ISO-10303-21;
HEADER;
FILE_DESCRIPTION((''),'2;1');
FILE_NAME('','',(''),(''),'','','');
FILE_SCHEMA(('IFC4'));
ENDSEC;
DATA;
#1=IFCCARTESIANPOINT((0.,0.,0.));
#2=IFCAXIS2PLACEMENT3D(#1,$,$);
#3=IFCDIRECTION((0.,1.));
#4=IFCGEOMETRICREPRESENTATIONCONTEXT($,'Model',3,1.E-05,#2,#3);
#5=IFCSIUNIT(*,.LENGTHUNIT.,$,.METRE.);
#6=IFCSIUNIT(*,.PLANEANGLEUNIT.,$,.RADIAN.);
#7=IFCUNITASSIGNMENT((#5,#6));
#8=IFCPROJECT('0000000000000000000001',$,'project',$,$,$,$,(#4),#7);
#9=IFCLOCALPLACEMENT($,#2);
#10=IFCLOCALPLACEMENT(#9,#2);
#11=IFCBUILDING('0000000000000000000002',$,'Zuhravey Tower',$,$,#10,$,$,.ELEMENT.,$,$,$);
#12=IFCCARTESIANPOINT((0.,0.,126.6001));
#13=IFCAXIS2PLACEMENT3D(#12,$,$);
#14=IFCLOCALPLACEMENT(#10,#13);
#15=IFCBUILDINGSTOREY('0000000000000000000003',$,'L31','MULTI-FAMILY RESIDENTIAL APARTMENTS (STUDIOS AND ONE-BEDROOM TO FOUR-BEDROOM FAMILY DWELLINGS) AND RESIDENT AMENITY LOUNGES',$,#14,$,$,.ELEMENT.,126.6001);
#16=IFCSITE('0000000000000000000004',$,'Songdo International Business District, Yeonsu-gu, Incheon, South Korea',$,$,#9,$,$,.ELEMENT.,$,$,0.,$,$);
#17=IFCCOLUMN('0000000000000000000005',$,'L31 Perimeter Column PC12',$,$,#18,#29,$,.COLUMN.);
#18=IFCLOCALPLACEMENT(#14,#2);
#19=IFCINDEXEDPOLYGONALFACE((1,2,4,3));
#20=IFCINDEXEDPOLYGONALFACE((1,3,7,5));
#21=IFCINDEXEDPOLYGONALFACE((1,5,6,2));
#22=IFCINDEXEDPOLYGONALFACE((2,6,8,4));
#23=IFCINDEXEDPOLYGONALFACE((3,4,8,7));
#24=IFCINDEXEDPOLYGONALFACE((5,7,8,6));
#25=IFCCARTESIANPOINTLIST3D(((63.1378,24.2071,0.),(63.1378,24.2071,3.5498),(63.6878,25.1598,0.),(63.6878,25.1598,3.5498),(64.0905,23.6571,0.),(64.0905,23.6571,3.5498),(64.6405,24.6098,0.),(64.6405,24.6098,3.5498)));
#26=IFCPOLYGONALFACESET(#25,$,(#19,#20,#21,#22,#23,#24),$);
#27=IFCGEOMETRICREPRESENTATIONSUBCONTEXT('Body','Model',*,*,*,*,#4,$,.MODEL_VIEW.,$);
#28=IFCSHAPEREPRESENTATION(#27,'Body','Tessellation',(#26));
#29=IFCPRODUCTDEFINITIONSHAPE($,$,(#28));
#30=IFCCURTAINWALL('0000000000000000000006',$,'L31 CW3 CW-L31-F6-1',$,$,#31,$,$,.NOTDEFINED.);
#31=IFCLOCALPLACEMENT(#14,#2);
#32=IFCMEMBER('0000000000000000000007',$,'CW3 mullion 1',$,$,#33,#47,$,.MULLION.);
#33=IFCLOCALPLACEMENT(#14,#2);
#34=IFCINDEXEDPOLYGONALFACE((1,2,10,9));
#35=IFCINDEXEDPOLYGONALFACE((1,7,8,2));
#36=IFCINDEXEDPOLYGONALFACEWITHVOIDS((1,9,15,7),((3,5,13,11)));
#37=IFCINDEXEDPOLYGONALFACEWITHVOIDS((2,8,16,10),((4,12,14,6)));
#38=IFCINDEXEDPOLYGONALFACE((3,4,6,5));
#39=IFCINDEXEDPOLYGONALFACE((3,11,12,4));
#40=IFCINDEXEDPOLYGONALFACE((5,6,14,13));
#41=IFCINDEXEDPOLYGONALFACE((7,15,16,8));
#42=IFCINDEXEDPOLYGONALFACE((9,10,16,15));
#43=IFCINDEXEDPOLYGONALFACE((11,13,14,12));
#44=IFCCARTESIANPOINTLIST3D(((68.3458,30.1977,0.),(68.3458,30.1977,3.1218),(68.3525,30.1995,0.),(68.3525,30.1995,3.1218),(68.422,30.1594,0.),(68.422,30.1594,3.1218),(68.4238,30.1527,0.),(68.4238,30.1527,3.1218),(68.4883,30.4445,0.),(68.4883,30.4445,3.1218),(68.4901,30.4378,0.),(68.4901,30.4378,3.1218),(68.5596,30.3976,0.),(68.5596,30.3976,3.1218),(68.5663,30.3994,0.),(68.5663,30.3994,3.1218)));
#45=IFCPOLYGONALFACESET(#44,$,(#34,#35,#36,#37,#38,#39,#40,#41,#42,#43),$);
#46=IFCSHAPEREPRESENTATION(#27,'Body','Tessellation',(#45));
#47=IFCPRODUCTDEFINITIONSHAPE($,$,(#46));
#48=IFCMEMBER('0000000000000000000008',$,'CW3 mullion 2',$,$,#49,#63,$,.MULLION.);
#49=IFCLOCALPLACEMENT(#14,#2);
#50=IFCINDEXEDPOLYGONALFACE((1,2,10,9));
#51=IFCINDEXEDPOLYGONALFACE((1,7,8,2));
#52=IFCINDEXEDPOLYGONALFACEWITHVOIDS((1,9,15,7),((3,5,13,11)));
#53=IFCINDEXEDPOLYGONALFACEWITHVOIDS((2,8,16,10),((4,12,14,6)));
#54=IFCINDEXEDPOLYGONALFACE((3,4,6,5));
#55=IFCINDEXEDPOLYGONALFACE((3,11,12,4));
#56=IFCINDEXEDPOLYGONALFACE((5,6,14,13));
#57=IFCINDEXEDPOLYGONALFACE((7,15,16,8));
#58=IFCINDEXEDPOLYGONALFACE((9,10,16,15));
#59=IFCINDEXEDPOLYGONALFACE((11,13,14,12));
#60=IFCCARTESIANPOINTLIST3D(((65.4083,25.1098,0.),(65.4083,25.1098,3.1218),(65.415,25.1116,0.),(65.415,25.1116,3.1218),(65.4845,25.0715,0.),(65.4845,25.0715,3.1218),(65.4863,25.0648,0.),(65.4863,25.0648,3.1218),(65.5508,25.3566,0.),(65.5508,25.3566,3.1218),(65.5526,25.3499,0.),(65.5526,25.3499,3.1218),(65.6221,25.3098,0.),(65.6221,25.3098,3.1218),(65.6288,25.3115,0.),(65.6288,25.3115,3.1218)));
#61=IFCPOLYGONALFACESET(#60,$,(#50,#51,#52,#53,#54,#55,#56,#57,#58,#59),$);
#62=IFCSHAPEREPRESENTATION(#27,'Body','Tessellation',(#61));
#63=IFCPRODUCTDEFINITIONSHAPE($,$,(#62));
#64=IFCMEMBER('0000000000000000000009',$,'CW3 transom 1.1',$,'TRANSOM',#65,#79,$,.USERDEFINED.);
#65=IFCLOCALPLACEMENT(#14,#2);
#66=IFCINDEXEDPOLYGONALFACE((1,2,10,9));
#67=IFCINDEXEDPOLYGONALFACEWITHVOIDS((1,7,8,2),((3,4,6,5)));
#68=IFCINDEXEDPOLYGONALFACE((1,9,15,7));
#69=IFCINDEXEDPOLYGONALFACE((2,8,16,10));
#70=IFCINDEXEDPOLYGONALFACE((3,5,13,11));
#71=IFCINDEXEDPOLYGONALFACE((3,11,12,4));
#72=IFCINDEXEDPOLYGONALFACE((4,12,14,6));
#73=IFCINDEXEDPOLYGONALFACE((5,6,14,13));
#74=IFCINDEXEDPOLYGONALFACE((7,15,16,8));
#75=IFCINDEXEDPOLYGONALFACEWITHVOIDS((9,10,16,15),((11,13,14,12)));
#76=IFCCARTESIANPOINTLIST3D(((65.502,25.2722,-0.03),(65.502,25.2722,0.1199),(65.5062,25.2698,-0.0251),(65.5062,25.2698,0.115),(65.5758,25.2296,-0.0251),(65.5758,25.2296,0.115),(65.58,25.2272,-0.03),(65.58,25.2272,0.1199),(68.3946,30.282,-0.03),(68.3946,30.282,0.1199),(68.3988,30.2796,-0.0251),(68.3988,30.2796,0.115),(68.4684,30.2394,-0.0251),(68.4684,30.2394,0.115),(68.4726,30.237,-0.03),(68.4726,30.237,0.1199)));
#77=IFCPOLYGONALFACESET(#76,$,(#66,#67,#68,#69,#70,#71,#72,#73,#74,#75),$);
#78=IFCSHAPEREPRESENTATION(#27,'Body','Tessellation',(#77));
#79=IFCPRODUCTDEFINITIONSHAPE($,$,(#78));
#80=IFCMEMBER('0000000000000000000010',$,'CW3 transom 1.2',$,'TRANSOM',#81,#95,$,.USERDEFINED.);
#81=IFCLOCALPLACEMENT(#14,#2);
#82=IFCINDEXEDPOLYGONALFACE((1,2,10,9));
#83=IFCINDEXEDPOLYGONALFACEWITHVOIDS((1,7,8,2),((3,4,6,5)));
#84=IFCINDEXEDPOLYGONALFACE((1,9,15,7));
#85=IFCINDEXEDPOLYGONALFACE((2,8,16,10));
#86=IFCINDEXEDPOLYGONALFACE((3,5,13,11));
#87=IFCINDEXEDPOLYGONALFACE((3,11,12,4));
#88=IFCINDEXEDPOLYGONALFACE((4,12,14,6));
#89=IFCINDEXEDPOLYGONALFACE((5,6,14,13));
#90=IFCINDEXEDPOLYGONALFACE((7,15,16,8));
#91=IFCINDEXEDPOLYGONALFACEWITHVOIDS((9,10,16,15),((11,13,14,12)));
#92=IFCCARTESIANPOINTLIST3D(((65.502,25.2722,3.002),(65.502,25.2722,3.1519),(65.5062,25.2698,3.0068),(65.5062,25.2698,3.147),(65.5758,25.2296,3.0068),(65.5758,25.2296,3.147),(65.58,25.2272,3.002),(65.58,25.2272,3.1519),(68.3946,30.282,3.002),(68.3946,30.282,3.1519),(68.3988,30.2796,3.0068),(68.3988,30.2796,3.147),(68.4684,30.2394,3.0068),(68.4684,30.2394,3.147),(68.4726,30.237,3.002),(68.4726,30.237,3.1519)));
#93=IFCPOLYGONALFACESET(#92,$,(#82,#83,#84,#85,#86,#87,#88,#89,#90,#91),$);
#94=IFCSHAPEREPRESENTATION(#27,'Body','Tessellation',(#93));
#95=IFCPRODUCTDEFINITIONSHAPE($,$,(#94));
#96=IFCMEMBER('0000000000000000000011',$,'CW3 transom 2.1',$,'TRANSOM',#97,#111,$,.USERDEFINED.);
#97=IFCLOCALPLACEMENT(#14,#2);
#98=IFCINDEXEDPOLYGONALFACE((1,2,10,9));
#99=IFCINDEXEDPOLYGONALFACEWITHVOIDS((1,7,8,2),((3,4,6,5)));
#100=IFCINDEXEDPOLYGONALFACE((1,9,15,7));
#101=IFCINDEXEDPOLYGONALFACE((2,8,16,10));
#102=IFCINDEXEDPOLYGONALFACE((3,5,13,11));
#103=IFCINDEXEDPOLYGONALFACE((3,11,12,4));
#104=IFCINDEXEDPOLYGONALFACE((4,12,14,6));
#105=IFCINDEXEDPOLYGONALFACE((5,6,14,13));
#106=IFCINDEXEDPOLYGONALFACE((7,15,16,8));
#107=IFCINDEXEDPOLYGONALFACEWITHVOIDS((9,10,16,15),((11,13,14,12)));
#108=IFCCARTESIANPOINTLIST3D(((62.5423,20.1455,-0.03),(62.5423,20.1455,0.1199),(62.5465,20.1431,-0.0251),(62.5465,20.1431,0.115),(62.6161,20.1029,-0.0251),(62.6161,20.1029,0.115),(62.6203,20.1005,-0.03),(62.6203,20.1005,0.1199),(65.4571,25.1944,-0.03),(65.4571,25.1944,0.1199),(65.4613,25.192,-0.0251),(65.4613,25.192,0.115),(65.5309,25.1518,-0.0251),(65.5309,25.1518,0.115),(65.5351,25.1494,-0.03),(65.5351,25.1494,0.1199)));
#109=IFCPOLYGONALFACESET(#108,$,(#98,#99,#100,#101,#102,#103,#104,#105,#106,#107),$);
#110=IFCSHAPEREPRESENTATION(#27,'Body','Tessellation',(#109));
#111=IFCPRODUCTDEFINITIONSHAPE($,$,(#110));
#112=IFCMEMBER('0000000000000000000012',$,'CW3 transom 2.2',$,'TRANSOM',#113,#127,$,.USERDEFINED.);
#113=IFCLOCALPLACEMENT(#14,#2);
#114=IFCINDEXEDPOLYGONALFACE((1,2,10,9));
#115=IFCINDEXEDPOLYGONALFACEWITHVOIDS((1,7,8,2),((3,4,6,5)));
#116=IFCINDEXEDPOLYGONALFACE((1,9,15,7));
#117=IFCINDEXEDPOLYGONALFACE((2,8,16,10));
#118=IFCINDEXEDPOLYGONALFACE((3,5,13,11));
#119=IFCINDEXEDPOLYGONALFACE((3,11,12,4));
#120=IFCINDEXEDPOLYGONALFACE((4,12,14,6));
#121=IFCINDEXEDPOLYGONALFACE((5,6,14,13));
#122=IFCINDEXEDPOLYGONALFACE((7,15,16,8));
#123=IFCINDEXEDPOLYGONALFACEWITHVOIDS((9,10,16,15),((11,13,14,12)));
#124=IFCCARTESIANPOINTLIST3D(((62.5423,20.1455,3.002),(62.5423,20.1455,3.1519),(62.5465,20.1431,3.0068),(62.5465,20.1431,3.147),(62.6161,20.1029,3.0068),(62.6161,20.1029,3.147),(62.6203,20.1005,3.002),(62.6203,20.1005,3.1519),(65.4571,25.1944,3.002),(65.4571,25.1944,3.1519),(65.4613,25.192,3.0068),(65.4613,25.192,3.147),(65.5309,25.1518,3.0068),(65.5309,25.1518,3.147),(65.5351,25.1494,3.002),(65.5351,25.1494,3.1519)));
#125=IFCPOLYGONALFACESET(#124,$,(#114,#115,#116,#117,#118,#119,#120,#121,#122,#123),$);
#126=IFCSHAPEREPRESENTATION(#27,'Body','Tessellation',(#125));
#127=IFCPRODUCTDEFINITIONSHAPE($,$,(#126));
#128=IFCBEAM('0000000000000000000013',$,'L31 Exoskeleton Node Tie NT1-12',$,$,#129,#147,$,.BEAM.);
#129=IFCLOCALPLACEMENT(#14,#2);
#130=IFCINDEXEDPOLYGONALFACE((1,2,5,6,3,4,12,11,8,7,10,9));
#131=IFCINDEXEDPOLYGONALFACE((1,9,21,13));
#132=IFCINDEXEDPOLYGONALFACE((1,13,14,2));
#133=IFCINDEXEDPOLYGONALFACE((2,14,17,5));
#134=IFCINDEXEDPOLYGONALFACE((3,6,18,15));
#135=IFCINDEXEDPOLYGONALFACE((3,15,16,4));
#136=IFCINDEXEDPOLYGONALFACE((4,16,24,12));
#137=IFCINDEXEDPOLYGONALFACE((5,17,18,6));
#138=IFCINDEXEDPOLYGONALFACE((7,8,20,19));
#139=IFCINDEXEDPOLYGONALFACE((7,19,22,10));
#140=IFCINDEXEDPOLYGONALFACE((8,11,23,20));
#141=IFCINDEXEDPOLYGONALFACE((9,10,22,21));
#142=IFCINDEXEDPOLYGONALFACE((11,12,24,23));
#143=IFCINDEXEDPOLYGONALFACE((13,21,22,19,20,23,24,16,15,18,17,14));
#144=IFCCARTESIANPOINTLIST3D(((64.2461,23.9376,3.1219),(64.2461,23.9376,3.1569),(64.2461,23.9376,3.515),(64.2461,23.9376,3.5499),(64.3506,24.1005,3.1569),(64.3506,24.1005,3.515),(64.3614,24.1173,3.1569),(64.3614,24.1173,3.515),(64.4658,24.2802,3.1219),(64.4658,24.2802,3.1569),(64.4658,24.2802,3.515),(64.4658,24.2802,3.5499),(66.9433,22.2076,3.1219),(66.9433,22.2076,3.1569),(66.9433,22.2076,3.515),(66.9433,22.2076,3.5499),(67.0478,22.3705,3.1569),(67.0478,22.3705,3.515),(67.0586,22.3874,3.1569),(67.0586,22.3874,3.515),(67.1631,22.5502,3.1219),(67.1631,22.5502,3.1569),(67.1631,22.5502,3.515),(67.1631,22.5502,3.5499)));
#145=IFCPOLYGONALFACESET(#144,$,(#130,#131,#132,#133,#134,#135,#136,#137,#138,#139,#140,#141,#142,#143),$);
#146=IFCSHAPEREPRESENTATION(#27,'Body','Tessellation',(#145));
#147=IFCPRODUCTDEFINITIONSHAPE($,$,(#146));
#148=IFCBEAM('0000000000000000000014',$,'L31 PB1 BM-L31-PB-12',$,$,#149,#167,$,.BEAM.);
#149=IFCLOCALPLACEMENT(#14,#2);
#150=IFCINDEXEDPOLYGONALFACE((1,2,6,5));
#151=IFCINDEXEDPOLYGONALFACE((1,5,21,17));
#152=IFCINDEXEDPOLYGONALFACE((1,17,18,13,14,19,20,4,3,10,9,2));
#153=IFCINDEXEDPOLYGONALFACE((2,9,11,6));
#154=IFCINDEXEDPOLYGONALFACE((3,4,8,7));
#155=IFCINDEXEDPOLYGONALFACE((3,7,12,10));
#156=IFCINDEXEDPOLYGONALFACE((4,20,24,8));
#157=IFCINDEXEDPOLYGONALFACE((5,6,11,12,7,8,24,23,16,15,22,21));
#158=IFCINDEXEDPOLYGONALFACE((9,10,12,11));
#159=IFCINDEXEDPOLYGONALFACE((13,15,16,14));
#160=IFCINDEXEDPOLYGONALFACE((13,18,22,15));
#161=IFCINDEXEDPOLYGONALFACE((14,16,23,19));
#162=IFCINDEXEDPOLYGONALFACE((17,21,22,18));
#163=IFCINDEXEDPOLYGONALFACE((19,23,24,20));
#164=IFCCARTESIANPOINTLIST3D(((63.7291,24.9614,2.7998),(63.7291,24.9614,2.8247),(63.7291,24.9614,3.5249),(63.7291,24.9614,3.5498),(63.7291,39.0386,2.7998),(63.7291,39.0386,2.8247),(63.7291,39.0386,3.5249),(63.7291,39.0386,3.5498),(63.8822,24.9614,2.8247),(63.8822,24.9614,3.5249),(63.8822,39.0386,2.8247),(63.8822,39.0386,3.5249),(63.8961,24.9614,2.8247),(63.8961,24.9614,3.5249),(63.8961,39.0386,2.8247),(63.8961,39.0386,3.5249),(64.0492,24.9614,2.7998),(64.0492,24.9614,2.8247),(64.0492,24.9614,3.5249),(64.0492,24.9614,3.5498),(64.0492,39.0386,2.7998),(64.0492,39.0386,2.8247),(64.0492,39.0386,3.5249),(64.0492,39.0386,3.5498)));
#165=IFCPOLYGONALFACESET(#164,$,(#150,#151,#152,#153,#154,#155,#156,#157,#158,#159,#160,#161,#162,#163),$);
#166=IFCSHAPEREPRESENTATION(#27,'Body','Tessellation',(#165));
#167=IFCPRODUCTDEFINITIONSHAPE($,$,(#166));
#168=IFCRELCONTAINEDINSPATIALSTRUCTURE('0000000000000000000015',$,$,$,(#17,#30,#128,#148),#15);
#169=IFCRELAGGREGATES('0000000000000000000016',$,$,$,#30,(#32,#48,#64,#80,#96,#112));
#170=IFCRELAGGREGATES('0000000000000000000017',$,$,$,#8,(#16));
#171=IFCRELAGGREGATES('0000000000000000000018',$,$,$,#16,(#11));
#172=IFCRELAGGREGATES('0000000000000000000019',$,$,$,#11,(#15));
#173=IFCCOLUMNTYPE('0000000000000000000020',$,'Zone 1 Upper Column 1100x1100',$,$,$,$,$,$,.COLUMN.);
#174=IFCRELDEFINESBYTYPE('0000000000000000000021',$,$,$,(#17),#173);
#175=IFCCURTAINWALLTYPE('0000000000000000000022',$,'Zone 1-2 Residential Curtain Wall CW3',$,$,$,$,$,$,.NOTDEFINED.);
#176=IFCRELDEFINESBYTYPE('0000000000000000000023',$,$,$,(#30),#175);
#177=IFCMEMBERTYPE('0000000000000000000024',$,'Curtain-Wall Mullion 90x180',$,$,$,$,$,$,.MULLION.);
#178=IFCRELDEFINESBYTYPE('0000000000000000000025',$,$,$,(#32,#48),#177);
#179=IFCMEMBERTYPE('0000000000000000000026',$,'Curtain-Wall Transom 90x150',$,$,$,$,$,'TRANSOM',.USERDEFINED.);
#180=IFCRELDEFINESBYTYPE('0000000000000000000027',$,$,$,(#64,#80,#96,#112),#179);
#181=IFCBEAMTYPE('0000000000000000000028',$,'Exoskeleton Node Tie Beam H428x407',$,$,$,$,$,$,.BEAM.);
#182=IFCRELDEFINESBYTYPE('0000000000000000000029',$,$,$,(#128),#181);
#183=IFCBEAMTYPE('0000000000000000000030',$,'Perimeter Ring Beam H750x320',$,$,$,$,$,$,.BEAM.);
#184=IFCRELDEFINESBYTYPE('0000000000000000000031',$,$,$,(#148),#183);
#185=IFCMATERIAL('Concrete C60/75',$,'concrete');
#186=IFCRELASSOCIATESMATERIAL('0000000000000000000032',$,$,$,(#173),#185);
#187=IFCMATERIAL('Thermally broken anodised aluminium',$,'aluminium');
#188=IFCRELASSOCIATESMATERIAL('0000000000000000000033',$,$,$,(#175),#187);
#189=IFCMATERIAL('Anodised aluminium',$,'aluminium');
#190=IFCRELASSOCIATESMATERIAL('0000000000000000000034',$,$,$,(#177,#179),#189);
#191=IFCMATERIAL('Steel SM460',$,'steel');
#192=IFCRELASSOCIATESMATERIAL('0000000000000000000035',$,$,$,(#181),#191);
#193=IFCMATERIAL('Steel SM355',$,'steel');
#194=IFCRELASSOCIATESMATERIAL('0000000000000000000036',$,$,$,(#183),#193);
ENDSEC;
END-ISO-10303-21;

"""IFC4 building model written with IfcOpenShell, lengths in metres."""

from ifc_helpers import new_model, si_unit, direction, frame, origin, origin_2d, place, context, subcontext, project, spatial, rectangle, hollow_rectangle, i_section, extrude, material, material_profile, profile_set, type_object, element, aggregate, save


model = new_model("IFC4")

# Units and contexts
model_context = context("Model", 3, precision=1e-05, world=origin(), true_north=direction((0.0, 1.0)))
body_context = subcontext(model_context, "Body", "Model", "MODEL_VIEW")
ifc_project = project(units=[si_unit("LENGTHUNIT", "METRE"), si_unit("PLANEANGLEUNIT", "RADIAN")], contexts=[model_context])

# Site, building, storey
site_placement = place(None, origin())
site = spatial("IfcSite", under=ifc_project, at=site_placement, Name="Songdo International Business District, Yeonsu-gu, Incheon, South Korea", CompositionType="ELEMENT", RefElevation=0.0)
building_placement = place(site_placement, origin())
building = spatial("IfcBuilding", under=site, at=building_placement, Name="Zuhravey Tower", CompositionType="ELEMENT")
storey_placement = place(building_placement, frame((0.0, 0.0, 126.6001)))
storey = spatial("IfcBuildingStorey", under=building, at=storey_placement, Name="L31", Description="MULTI-FAMILY RESIDENTIAL APARTMENTS (STUDIOS AND ONE-BEDROOM TO FOUR-BEDROOM FAMILY DWELLINGS) AND RESIDENT AMENITY LOUNGES", CompositionType="ELEMENT", Elevation=126.6001)

# Column
ifc_material_1 = material(Name="Concrete C60/75", Category="concrete")
ifc_material_profile_1 = material_profile(ifc_material_1, rectangle(XDim=1.1001, YDim=1.1001, at=origin_2d()), Name="RC-1100x1100")
ifc_profile_set_1 = profile_set([ifc_material_profile_1], Name="Concrete C60/75")
column_type = type_object("IfcColumnType", Name="Zone 1 Upper Column 1100x1100", PredefinedType="COLUMN", material=ifc_profile_set_1)
column_placement = place(storey_placement, frame((63.8892, 24.4084, 0.0), z_axis=(0.0, 0.0, 1.0), x_axis=(0.5, 0.866025, 0.0)))
element("IfcColumn", 1, at=column_placement, inside=storey, type_object=column_type, Name="L31 Perimeter Column PC12", PredefinedType="COLUMN", context=body_context, shape_type="SweptSolid", body=[
    extrude(rectangle(XDim=1.1001, YDim=1.1001, at=origin_2d()), origin(), (0.0, 0.0, 1.0), 3.5498),
])

# Curtain wall, members
ifc_material_2 = material(Name="Thermally broken anodised aluminium", Category="aluminium")
curtain_wall_type = type_object("IfcCurtainWallType", Name="Zone 1-2 Residential Curtain Wall CW3", PredefinedType="NOTDEFINED", material=ifc_material_2)
curtain_wall_placement = place(storey_placement, origin())
curtain_wall = element("IfcCurtainWall", 2, at=curtain_wall_placement, inside=storey, type_object=curtain_wall_type, Name="L31 CW3 CW-L31-F6-1", PredefinedType="NOTDEFINED")
ifc_material_3 = material(Name="Anodised aluminium", Category="aluminium")
ifc_material_profile_2 = material_profile(ifc_material_3, hollow_rectangle(XDim=0.0901, YDim=0.2849, WallThickness=0.0049, at=origin_2d()), Name="ALU-RHS-90x285x5")
ifc_profile_set_2 = profile_set([ifc_material_profile_2], Name="Anodised aluminium")
member_type_1 = type_object("IfcMemberType", Name="Curtain-Wall Mullion 90x180", PredefinedType="MULLION", material=ifc_profile_set_2)
member_1_placement = place(storey_placement, frame((68.4561, 30.2986, 0.0), z_axis=(0.0, 0.0, 1.0), x_axis=(0.866026, -0.5, 0.0)))
member_1 = element("IfcMember", 3, at=member_1_placement, type_object=member_type_1, Name="CW3 mullion 1", PredefinedType="MULLION", context=body_context, shape_type="SweptSolid", body=[
    extrude(hollow_rectangle(XDim=0.0901, YDim=0.2849, WallThickness=0.0049, at=origin_2d()), origin(), (0.0, 0.0, 1.0), 3.1218),
])
member_2_placement = place(storey_placement, frame((65.5186, 25.2107, 0.0), z_axis=(0.0, 0.0, 1.0), x_axis=(0.866026, -0.5, 0.0)))
member_2 = element("IfcMember", 4, at=member_2_placement, type_object=member_type_1, Name="CW3 mullion 2", PredefinedType="MULLION", context=body_context, shape_type="SweptSolid", body=[
    extrude(hollow_rectangle(XDim=0.0901, YDim=0.2849, WallThickness=0.0049, at=origin_2d()), origin(), (0.0, 0.0, 1.0), 3.1218),
])
ifc_material_profile_3 = material_profile(ifc_material_3, hollow_rectangle(XDim=0.0901, YDim=0.1499, WallThickness=0.0049, at=origin_2d()), Name="ALU-RHS-90x150x5")
ifc_profile_set_3 = profile_set([ifc_material_profile_3], Name="Anodised aluminium")
member_type_2 = type_object("IfcMemberType", Name="Curtain-Wall Transom 90x150", ElementType="TRANSOM", PredefinedType="USERDEFINED", material=ifc_profile_set_3)
member_3_placement = place(storey_placement, frame((68.4336, 30.2595, 0.0449), z_axis=(-0.500024, -0.866011, 0.0), x_axis=(0.866011, -0.500024, 0.0)))
member_3 = element("IfcMember", 5, at=member_3_placement, type_object=member_type_2, Name="CW3 transom 1.1", ObjectType="TRANSOM", PredefinedType="USERDEFINED", context=body_context, shape_type="SweptSolid", body=[
    extrude(hollow_rectangle(XDim=0.0901, YDim=0.1499, WallThickness=0.0049, at=origin_2d()), origin(), (0.0, 0.0, 1.0), 5.7849),
])
member_4_placement = place(storey_placement, frame((68.4336, 30.2595, 3.0769), z_axis=(-0.500024, -0.866011, 0.0), x_axis=(0.866011, -0.500024, 0.0)))
member_4 = element("IfcMember", 6, at=member_4_placement, type_object=member_type_2, Name="CW3 transom 1.2", ObjectType="TRANSOM", PredefinedType="USERDEFINED", context=body_context, shape_type="SweptSolid", body=[
    extrude(hollow_rectangle(XDim=0.0901, YDim=0.1499, WallThickness=0.0049, at=origin_2d()), origin(), (0.0, 0.0, 1.0), 5.7849),
])
member_5_placement = place(storey_placement, frame((65.4961, 25.1719, 0.0449), z_axis=(-0.499981, -0.866036, 0.0), x_axis=(0.866036, -0.499981, 0.0)))
member_5 = element("IfcMember", 7, at=member_5_placement, type_object=member_type_2, Name="CW3 transom 2.1", ObjectType="TRANSOM", PredefinedType="USERDEFINED", context=body_context, shape_type="SweptSolid", body=[
    extrude(hollow_rectangle(XDim=0.0901, YDim=0.1499, WallThickness=0.0049, at=origin_2d()), origin(), (0.0, 0.0, 1.0), 5.8298),
])
member_6_placement = place(storey_placement, frame((65.4961, 25.1719, 3.0769), z_axis=(-0.499981, -0.866036, 0.0), x_axis=(0.866036, -0.499981, 0.0)))
member_6 = element("IfcMember", 8, at=member_6_placement, type_object=member_type_2, Name="CW3 transom 2.2", ObjectType="TRANSOM", PredefinedType="USERDEFINED", context=body_context, shape_type="SweptSolid", body=[
    extrude(hollow_rectangle(XDim=0.0901, YDim=0.1499, WallThickness=0.0049, at=origin_2d()), origin(), (0.0, 0.0, 1.0), 5.8298),
])

# Beams
ifc_material_4 = material(Name="Steel SM460", Category="steel")
ifc_material_profile_4 = material_profile(ifc_material_4, i_section(OverallWidth=0.407, OverallDepth=0.428, WebThickness=0.02, FlangeThickness=0.0349, at=origin_2d()), Name="H-428x407x20x35")
ifc_profile_set_4 = profile_set([ifc_material_profile_4], Name="Steel SM460")
beam_type_1 = type_object("IfcBeamType", Name="Exoskeleton Node Tie Beam H428x407", PredefinedType="BEAM", material=ifc_profile_set_4)
beam_1_placement = place(storey_placement, frame((64.356, 24.1089, 3.3359), z_axis=(0.841742, -0.539879, 0.0), x_axis=(0.539879, 0.841742, 0.0)))
element("IfcBeam", 9, at=beam_1_placement, inside=storey, type_object=beam_type_1, Name="L31 Exoskeleton Node Tie NT1-12", PredefinedType="BEAM", context=body_context, shape_type="SweptSolid", body=[
    extrude(i_section(OverallWidth=0.407, OverallDepth=0.428, WebThickness=0.02, FlangeThickness=0.0349, at=origin_2d()), origin(), (0.0, 0.0, 1.0), 3.2043),
])
ifc_material_5 = material(Name="Steel SM355", Category="steel")
ifc_material_profile_5 = material_profile(ifc_material_5, i_section(OverallWidth=0.3201, OverallDepth=0.75, WebThickness=0.0139, FlangeThickness=0.0249, at=origin_2d()), Name="H-750x320x14x25")
ifc_profile_set_5 = profile_set([ifc_material_profile_5], Name="Steel SM355")
beam_type_2 = type_object("IfcBeamType", Name="Perimeter Ring Beam H750x320", PredefinedType="BEAM", material=ifc_profile_set_5)
beam_2_placement = place(storey_placement, frame((63.8892, 24.9614, 3.1748), z_axis=(0.0, 1.0, 0.0), x_axis=(-1.0, 0.0, 0.0)))
element("IfcBeam", 10, at=beam_2_placement, inside=storey, type_object=beam_type_2, Name="L31 PB1 BM-L31-PB-12", PredefinedType="BEAM", context=body_context, shape_type="SweptSolid", body=[
    extrude(i_section(OverallWidth=0.3201, OverallDepth=0.75, WebThickness=0.0139, FlangeThickness=0.0249, at=origin_2d()), origin(), (0.0, 0.0, 1.0), 14.0771),
])

aggregate(curtain_wall, [member_1, member_2, member_3, member_4, member_5, member_6])

save(model, "model.ifc")
